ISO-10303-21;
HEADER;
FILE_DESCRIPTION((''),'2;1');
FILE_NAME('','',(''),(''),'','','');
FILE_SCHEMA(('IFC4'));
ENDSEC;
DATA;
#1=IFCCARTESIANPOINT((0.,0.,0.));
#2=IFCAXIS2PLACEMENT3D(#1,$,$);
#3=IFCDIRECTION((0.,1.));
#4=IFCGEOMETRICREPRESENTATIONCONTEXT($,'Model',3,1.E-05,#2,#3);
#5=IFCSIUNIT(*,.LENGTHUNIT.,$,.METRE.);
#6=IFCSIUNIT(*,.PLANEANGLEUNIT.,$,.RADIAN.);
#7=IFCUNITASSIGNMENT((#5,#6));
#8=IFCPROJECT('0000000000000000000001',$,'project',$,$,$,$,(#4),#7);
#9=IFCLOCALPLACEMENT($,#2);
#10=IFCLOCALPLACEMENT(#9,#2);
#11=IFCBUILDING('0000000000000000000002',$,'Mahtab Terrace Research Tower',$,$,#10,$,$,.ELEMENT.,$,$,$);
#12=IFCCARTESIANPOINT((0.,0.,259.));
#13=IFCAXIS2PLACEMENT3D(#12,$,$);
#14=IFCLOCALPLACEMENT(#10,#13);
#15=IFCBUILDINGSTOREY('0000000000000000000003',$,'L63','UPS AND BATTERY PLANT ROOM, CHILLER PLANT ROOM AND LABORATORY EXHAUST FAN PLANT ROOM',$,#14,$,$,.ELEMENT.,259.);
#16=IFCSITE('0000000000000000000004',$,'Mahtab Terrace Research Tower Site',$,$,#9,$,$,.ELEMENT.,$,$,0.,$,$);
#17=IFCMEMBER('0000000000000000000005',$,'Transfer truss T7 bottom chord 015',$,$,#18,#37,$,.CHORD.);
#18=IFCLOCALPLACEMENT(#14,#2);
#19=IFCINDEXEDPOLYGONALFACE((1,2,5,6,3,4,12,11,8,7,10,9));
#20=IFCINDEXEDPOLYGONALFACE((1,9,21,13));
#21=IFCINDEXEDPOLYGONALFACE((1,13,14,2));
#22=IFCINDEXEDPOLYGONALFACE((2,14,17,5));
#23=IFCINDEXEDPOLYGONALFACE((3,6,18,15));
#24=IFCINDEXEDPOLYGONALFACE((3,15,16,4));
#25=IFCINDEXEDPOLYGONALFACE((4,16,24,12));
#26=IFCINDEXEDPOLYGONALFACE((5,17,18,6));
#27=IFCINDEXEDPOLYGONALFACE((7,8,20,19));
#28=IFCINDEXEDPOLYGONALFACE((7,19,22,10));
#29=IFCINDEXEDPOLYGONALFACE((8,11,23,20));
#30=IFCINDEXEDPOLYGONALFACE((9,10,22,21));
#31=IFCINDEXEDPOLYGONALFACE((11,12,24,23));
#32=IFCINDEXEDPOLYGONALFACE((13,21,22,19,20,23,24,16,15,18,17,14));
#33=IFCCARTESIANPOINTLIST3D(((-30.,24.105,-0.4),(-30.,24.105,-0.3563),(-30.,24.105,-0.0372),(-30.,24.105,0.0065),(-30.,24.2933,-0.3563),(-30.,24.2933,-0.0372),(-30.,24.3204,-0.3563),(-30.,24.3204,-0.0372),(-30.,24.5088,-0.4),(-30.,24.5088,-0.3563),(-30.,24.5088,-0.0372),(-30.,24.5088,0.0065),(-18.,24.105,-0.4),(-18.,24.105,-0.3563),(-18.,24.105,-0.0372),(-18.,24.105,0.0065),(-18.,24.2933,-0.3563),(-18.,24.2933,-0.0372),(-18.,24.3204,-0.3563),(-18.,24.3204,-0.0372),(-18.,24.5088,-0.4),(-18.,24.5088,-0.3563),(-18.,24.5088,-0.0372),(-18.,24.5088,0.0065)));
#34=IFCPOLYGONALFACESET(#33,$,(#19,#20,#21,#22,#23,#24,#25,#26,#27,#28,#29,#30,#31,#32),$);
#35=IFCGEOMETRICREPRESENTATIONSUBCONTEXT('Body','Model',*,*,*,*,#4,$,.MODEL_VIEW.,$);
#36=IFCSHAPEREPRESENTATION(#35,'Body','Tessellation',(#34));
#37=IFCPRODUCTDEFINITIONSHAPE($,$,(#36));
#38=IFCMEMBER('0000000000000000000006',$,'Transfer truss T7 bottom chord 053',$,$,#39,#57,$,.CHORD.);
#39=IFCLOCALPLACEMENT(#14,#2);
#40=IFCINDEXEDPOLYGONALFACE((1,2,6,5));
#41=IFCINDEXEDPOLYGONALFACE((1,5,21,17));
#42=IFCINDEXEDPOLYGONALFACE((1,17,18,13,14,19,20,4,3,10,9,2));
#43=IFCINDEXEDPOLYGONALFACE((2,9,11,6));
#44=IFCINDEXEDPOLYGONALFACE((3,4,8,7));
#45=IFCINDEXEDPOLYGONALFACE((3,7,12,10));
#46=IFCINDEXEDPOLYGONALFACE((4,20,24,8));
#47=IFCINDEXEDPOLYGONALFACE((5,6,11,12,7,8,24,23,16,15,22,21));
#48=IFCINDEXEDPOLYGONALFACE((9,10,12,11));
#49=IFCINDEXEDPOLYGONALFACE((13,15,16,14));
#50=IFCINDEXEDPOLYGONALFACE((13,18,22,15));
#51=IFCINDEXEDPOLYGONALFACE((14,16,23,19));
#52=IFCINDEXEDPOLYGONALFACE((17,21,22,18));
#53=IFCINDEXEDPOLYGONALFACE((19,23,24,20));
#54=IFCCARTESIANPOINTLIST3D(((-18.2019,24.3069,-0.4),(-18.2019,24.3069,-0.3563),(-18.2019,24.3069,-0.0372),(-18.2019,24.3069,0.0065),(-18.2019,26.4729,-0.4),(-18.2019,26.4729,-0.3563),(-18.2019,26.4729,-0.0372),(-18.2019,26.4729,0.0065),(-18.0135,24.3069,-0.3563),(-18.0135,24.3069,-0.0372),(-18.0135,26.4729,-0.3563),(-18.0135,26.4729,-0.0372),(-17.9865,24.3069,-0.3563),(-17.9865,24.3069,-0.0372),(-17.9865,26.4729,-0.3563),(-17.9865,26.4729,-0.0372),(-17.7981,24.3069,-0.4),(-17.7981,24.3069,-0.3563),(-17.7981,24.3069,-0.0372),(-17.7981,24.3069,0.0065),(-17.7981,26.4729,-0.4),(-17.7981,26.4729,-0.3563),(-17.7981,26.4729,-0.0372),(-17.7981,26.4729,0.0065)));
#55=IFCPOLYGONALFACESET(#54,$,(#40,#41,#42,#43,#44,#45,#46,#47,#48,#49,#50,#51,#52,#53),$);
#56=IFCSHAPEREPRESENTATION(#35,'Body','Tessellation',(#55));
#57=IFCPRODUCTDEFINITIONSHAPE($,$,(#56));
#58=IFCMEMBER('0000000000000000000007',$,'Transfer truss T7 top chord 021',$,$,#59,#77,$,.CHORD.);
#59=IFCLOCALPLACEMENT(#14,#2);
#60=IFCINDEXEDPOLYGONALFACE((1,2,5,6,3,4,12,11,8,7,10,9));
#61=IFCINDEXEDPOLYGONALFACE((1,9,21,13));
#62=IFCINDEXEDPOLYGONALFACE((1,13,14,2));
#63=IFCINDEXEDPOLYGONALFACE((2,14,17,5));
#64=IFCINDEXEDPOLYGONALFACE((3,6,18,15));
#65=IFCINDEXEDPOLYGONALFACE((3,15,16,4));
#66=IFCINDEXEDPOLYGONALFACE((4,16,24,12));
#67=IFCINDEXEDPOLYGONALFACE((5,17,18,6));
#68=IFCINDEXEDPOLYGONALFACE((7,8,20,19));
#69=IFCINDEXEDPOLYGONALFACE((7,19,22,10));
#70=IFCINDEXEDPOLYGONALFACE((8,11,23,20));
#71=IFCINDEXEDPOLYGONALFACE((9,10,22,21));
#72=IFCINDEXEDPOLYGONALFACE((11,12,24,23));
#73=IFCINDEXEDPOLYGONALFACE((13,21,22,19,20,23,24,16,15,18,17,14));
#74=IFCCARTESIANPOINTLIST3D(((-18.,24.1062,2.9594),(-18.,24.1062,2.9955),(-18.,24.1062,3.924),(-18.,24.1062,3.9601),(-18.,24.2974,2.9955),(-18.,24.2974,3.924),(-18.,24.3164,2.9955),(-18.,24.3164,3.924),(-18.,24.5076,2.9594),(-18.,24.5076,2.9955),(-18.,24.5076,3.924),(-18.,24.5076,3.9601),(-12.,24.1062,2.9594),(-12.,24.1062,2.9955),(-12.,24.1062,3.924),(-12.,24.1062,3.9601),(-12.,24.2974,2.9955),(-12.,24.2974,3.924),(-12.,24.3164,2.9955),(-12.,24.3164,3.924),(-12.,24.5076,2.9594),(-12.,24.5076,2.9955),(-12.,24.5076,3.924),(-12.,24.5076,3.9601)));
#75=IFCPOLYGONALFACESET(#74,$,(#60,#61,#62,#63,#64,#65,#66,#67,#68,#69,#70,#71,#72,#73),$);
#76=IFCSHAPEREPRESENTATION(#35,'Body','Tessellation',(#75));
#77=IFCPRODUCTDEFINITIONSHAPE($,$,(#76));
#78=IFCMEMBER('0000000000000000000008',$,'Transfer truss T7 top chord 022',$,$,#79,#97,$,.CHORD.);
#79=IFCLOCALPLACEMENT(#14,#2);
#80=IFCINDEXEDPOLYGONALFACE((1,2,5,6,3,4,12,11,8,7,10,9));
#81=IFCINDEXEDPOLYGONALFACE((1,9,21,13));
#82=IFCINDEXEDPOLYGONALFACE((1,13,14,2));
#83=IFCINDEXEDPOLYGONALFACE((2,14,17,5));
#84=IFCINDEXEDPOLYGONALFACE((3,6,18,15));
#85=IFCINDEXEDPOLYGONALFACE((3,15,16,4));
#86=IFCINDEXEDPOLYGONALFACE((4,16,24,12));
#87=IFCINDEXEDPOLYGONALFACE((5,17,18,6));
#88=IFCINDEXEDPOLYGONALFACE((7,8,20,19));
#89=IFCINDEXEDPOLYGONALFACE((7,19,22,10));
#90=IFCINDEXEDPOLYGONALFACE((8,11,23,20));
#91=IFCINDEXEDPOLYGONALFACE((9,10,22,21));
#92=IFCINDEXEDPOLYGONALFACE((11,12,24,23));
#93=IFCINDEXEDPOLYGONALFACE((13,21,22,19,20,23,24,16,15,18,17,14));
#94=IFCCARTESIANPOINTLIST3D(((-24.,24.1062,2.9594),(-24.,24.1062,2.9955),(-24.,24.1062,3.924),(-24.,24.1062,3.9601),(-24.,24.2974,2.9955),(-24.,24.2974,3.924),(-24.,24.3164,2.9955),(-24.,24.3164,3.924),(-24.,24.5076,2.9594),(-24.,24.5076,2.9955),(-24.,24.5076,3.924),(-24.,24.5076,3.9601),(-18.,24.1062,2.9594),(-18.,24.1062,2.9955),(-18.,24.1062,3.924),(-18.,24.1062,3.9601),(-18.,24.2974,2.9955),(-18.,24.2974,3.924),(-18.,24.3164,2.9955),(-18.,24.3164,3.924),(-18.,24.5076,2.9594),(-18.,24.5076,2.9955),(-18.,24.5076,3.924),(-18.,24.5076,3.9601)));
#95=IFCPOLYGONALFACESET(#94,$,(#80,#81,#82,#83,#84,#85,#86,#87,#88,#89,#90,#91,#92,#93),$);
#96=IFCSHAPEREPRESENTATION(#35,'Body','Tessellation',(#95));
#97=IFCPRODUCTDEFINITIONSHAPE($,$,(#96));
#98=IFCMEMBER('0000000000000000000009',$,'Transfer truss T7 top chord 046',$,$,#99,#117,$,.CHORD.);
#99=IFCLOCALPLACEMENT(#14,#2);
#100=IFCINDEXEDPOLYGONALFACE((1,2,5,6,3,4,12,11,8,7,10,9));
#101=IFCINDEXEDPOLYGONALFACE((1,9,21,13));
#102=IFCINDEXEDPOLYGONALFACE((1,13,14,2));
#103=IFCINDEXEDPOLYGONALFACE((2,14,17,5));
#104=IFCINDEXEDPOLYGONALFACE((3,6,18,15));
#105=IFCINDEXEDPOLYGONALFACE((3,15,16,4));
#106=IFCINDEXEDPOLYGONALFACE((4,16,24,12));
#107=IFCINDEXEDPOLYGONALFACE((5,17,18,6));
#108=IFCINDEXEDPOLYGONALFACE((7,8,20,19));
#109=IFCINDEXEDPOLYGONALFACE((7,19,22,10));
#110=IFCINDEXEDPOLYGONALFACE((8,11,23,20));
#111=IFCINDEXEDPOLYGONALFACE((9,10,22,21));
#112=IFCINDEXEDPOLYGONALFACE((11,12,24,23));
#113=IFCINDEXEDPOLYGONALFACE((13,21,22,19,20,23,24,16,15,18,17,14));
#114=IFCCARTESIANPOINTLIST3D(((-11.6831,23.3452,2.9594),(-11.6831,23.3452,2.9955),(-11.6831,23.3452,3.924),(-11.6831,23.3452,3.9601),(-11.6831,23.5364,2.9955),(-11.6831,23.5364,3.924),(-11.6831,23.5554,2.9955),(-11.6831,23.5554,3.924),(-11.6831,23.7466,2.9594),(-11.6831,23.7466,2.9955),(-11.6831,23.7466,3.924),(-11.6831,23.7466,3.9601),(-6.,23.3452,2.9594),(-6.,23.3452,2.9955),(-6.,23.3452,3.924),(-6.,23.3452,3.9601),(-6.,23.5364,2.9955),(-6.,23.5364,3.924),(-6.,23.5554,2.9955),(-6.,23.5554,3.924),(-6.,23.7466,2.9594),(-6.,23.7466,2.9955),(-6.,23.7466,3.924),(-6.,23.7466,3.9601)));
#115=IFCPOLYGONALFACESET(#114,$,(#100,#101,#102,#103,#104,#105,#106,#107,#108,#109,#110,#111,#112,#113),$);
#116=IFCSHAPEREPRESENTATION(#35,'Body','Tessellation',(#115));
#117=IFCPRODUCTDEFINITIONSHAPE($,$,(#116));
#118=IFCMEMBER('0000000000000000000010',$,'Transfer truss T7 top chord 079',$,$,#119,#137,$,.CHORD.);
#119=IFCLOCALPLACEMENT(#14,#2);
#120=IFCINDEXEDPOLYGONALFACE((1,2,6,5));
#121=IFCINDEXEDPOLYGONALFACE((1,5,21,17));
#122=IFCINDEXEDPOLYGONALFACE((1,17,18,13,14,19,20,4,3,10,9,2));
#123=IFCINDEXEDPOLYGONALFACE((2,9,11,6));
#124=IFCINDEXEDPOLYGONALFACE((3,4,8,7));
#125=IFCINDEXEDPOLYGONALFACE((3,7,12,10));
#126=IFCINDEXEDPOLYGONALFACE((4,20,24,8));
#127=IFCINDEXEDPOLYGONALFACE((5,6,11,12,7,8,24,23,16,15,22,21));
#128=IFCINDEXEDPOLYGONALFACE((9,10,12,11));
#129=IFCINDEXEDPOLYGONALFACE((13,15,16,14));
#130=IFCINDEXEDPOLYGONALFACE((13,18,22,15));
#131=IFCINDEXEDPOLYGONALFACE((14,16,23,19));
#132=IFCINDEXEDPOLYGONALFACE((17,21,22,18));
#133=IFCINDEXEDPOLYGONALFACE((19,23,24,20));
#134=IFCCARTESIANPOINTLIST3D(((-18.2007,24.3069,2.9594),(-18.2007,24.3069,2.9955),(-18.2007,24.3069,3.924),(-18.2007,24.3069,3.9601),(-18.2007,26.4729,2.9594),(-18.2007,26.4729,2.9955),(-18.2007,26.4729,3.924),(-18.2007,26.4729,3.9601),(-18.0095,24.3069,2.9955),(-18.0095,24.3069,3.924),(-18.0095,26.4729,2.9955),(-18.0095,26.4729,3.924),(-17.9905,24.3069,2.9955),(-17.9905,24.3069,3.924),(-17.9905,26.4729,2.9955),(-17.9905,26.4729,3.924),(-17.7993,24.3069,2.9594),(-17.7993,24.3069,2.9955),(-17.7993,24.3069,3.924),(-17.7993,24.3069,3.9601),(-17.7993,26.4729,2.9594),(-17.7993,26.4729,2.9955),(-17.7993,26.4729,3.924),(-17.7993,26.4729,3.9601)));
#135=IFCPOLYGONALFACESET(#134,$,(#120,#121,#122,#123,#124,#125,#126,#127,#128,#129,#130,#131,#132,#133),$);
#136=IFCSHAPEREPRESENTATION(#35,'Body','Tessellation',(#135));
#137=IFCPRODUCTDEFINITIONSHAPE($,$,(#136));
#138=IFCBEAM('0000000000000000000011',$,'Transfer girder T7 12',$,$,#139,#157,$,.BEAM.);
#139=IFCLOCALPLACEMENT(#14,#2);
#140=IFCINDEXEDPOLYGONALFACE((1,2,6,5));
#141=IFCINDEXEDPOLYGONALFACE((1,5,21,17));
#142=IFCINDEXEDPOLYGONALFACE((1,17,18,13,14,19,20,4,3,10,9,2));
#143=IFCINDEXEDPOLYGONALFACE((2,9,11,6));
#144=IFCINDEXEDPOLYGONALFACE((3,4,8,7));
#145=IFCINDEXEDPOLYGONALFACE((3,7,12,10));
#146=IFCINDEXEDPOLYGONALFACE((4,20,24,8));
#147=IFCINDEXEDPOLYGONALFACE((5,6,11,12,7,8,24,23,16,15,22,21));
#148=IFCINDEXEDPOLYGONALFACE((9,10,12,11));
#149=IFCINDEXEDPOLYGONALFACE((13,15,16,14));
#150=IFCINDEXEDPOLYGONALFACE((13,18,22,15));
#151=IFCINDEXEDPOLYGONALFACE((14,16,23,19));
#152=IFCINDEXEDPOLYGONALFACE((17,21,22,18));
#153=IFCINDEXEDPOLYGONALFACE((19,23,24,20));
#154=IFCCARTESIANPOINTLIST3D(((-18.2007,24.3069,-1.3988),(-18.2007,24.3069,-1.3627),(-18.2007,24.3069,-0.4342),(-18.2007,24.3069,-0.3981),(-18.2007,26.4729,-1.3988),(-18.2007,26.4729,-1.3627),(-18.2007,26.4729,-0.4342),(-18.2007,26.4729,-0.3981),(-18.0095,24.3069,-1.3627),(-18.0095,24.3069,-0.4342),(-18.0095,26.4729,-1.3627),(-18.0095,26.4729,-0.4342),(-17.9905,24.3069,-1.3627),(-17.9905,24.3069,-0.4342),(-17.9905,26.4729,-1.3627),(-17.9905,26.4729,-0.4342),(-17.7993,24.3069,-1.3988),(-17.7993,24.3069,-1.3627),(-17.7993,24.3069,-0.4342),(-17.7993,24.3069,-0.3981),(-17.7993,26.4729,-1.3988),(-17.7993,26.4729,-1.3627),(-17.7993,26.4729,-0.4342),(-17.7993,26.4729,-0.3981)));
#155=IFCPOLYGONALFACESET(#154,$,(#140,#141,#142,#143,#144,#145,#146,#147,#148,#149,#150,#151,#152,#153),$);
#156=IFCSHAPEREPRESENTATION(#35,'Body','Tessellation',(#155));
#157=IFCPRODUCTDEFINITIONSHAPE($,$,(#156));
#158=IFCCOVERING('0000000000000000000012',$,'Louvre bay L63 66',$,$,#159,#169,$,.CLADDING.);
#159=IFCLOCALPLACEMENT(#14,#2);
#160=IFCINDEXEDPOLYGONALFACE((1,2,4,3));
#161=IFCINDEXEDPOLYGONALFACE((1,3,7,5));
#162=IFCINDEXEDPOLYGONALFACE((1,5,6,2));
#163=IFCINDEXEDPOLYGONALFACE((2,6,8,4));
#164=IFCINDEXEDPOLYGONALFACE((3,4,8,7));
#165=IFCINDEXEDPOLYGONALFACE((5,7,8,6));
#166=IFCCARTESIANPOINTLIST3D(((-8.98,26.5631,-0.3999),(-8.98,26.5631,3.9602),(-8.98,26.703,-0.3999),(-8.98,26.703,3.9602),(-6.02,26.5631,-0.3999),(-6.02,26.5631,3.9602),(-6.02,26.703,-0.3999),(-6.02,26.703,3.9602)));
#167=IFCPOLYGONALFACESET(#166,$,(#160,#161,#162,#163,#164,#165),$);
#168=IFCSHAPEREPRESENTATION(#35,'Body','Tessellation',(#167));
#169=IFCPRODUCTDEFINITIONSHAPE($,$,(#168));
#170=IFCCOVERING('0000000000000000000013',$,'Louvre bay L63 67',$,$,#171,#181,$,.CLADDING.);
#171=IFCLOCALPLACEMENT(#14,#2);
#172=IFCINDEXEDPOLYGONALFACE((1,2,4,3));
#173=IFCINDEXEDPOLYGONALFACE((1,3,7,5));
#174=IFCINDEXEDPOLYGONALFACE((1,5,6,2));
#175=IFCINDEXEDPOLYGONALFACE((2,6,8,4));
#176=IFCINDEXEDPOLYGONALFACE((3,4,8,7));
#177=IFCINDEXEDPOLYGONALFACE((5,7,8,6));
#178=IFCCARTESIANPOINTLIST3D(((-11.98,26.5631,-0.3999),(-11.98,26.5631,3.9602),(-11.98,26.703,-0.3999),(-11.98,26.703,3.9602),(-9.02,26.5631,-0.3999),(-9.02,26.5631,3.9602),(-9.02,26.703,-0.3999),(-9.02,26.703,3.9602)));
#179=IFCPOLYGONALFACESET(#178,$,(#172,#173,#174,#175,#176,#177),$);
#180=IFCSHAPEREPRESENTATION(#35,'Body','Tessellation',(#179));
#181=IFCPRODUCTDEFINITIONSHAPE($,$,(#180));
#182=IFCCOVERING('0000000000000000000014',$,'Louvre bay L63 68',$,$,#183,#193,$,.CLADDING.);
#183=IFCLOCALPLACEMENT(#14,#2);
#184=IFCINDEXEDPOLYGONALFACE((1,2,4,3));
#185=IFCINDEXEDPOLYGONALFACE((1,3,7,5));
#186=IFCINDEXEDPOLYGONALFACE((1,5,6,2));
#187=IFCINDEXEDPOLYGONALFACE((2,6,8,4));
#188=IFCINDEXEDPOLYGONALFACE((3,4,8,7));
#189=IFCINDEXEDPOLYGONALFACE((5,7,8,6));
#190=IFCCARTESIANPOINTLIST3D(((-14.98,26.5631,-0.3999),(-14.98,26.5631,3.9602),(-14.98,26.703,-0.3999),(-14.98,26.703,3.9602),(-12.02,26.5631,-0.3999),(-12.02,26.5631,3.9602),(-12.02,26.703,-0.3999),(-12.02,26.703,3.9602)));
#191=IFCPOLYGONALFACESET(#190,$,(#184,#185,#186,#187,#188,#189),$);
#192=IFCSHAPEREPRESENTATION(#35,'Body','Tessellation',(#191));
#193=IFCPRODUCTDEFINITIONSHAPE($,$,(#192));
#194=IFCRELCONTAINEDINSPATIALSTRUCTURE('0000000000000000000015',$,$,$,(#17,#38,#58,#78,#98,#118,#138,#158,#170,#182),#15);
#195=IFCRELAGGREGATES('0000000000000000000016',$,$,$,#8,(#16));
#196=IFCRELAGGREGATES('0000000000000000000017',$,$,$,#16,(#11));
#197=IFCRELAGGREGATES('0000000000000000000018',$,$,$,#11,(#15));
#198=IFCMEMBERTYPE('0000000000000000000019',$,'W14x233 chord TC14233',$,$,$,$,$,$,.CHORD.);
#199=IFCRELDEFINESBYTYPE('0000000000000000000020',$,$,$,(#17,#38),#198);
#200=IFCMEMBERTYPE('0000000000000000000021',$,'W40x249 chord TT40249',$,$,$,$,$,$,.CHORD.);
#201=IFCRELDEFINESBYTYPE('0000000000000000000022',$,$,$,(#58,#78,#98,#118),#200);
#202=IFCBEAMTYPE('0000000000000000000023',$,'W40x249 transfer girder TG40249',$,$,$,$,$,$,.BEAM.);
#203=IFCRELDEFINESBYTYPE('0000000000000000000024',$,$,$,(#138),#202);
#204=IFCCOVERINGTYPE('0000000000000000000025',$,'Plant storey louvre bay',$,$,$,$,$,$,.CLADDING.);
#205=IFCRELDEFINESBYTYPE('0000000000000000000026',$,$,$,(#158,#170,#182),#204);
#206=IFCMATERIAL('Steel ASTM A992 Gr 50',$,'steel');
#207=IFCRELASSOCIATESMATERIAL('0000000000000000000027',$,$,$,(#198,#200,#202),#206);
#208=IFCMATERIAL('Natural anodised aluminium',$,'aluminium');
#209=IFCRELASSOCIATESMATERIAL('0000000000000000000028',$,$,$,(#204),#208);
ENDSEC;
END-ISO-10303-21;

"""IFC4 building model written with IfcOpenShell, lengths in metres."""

from ifc_helpers import new_model, si_unit, direction, frame, origin, origin_2d, place, context, subcontext, project, spatial, rectangle, i_section, extrude, material, material_profile, profile_set, type_object, element, save


model = new_model("IFC4")

# Units and contexts
model_context = context("Model", 3, precision=1e-05, world=origin(), true_north=direction((0.0, 1.0)))
body_context = subcontext(model_context, "Body", "Model", "MODEL_VIEW")
ifc_project = project(units=[si_unit("LENGTHUNIT", "METRE"), si_unit("PLANEANGLEUNIT", "RADIAN")], contexts=[model_context])

# Site, building, storey
site_placement = place(None, origin())
site = spatial("IfcSite", under=ifc_project, at=site_placement, Name="Mahtab Terrace Research Tower Site", CompositionType="ELEMENT", RefElevation=0.0)
building_placement = place(site_placement, origin())
building = spatial("IfcBuilding", under=site, at=building_placement, Name="Mahtab Terrace Research Tower", CompositionType="ELEMENT")
storey_placement = place(building_placement, frame((0.0, 0.0, 259.0)))
storey = spatial("IfcBuildingStorey", under=building, at=storey_placement, Name="L63", Description="UPS AND BATTERY PLANT ROOM, CHILLER PLANT ROOM AND LABORATORY EXHAUST FAN PLANT ROOM", CompositionType="ELEMENT", Elevation=259.0)

# Shared definitions
ifc_material_1 = material(Name="Steel ASTM A992 Gr 50", Category="steel")

# Members
ifc_material_profile_1 = material_profile(ifc_material_1, i_section(OverallWidth=0.4038, OverallDepth=0.4065, WebThickness=0.0271, FlangeThickness=0.0437, at=origin_2d()), Name="W14X233")
ifc_profile_set_1 = profile_set([ifc_material_profile_1], Name="Steel ASTM A992 Gr 50")
member_type_1 = type_object("IfcMemberType", Name="W14x233 chord TC14233", PredefinedType="CHORD", material=ifc_profile_set_1)
member_1_placement = place(storey_placement, frame((-18.0, 24.3069, -0.1968), z_axis=(-1.0, 0.0, 0.0), x_axis=(0.0, -1.0, 0.0)))
element("IfcMember", 1, at=member_1_placement, inside=storey, type_object=member_type_1, Name="Transfer truss T7 bottom chord 015", PredefinedType="CHORD", context=body_context, shape_type="SweptSolid", body=[
    extrude(i_section(OverallWidth=0.4038, OverallDepth=0.4065, WebThickness=0.0271, FlangeThickness=0.0437, at=origin_2d()), origin(), (0.0, 0.0, 1.0), 12.0),
])
member_2_placement = place(storey_placement, frame((-18.0, 24.3069, -0.1968), z_axis=(0.0, 1.0, 0.0), x_axis=(-1.0, 0.0, 0.0)))
element("IfcMember", 2, at=member_2_placement, inside=storey, type_object=member_type_1, Name="Transfer truss T7 bottom chord 053", PredefinedType="CHORD", context=body_context, shape_type="SweptSolid", body=[
    extrude(i_section(OverallWidth=0.4038, OverallDepth=0.4065, WebThickness=0.0271, FlangeThickness=0.0437, at=origin_2d()), origin(), (0.0, 0.0, 1.0), 2.166),
])
ifc_material_profile_2 = material_profile(ifc_material_1, i_section(OverallWidth=0.4014, OverallDepth=1.0007, WebThickness=0.019, FlangeThickness=0.0361, at=origin_2d()), Name="W40X249")
ifc_profile_set_2 = profile_set([ifc_material_profile_2], Name="Steel ASTM A992 Gr 50")
member_type_2 = type_object("IfcMemberType", Name="W40x249 chord TT40249", PredefinedType="CHORD", material=ifc_profile_set_2)
for number, where, z_axis, x_axis, name in (
    (3, (-12.0, 24.3069, 3.4597), (-1.0, 0.0, 0.0), (0.0, -1.0, 0.0), "Transfer truss T7 top chord 021"),
    (4, (-18.0, 24.3069, 3.4597), (-1.0, 0.0, 0.0), (0.0, -1.0, 0.0), "Transfer truss T7 top chord 022"),
):
    element("IfcMember", number, at=place(storey_placement, frame(where, z_axis=z_axis, x_axis=x_axis)), inside=storey, type_object=member_type_2, Name=name, PredefinedType="CHORD", context=body_context, shape_type="SweptSolid", body=[
        extrude(i_section(OverallWidth=0.4014, OverallDepth=1.0007, WebThickness=0.019, FlangeThickness=0.0361, at=origin_2d()), origin(), (0.0, 0.0, 1.0), 6.0),
    ])
member_3_placement = place(storey_placement, frame((-11.6831, 23.5459, 3.4597), z_axis=(1.0, 0.0, 0.0), x_axis=(0.0, 1.0, 0.0)))
element("IfcMember", 5, at=member_3_placement, inside=storey, type_object=member_type_2, Name="Transfer truss T7 top chord 046", PredefinedType="CHORD", context=body_context, shape_type="SweptSolid", body=[
    extrude(i_section(OverallWidth=0.4014, OverallDepth=1.0007, WebThickness=0.019, FlangeThickness=0.0361, at=origin_2d()), origin(), (0.0, 0.0, 1.0), 5.6831),
])
member_4_placement = place(storey_placement, frame((-18.0, 24.3069, 3.4597), z_axis=(0.0, 1.0, 0.0), x_axis=(-1.0, 0.0, 0.0)))
element("IfcMember", 6, at=member_4_placement, inside=storey, type_object=member_type_2, Name="Transfer truss T7 top chord 079", PredefinedType="CHORD", context=body_context, shape_type="SweptSolid", body=[
    extrude(i_section(OverallWidth=0.4014, OverallDepth=1.0007, WebThickness=0.019, FlangeThickness=0.0361, at=origin_2d()), origin(), (0.0, 0.0, 1.0), 2.166),
])

# Beam
ifc_material_profile_3 = material_profile(ifc_material_1, i_section(OverallWidth=0.4014, OverallDepth=1.0007, WebThickness=0.019, FlangeThickness=0.0361, at=origin_2d()), Name="W40X249")
ifc_profile_set_3 = profile_set([ifc_material_profile_3], Name="Steel ASTM A992 Gr 50")
beam_type = type_object("IfcBeamType", Name="W40x249 transfer girder TG40249", PredefinedType="BEAM", material=ifc_profile_set_3)
beam_placement = place(storey_placement, frame((-18.0, 24.3069, -0.8984), z_axis=(0.0, 1.0, 0.0), x_axis=(-1.0, 0.0, 0.0)))
element("IfcBeam", 7, at=beam_placement, inside=storey, type_object=beam_type, Name="Transfer girder T7 12", PredefinedType="BEAM", context=body_context, shape_type="SweptSolid", body=[
    extrude(i_section(OverallWidth=0.4014, OverallDepth=1.0007, WebThickness=0.019, FlangeThickness=0.0361, at=origin_2d()), origin(), (0.0, 0.0, 1.0), 2.166),
])

# Coverings
ifc_material_2 = material(Name="Natural anodised aluminium", Category="aluminium")
covering_type = type_object("IfcCoveringType", Name="Plant storey louvre bay", PredefinedType="CLADDING", material=ifc_material_2)
for number, where, z_axis, x_axis, name in (
    (8, (-7.5, 26.6331, -0.3999), (0.0, 0.0, 1.0), (-1.0, 0.0, 0.0), "Louvre bay L63 66"),
    (9, (-10.5, 26.6331, -0.3999), (0.0, 0.0, 1.0), (-1.0, 0.0, 0.0), "Louvre bay L63 67"),
    (10, (-13.5, 26.6331, -0.3999), (0.0, 0.0, 1.0), (-1.0, 0.0, 0.0), "Louvre bay L63 68"),
):
    element("IfcCovering", number, at=place(storey_placement, frame(where, z_axis=z_axis, x_axis=x_axis)), inside=storey, type_object=covering_type, Name=name, PredefinedType="CLADDING", context=body_context, shape_type="SweptSolid", body=[
        extrude(rectangle(XDim=2.96, YDim=0.1399, at=origin_2d()), origin(), (0.0, 0.0, 1.0), 4.3601),
    ])

save(model, "model.ifc")
